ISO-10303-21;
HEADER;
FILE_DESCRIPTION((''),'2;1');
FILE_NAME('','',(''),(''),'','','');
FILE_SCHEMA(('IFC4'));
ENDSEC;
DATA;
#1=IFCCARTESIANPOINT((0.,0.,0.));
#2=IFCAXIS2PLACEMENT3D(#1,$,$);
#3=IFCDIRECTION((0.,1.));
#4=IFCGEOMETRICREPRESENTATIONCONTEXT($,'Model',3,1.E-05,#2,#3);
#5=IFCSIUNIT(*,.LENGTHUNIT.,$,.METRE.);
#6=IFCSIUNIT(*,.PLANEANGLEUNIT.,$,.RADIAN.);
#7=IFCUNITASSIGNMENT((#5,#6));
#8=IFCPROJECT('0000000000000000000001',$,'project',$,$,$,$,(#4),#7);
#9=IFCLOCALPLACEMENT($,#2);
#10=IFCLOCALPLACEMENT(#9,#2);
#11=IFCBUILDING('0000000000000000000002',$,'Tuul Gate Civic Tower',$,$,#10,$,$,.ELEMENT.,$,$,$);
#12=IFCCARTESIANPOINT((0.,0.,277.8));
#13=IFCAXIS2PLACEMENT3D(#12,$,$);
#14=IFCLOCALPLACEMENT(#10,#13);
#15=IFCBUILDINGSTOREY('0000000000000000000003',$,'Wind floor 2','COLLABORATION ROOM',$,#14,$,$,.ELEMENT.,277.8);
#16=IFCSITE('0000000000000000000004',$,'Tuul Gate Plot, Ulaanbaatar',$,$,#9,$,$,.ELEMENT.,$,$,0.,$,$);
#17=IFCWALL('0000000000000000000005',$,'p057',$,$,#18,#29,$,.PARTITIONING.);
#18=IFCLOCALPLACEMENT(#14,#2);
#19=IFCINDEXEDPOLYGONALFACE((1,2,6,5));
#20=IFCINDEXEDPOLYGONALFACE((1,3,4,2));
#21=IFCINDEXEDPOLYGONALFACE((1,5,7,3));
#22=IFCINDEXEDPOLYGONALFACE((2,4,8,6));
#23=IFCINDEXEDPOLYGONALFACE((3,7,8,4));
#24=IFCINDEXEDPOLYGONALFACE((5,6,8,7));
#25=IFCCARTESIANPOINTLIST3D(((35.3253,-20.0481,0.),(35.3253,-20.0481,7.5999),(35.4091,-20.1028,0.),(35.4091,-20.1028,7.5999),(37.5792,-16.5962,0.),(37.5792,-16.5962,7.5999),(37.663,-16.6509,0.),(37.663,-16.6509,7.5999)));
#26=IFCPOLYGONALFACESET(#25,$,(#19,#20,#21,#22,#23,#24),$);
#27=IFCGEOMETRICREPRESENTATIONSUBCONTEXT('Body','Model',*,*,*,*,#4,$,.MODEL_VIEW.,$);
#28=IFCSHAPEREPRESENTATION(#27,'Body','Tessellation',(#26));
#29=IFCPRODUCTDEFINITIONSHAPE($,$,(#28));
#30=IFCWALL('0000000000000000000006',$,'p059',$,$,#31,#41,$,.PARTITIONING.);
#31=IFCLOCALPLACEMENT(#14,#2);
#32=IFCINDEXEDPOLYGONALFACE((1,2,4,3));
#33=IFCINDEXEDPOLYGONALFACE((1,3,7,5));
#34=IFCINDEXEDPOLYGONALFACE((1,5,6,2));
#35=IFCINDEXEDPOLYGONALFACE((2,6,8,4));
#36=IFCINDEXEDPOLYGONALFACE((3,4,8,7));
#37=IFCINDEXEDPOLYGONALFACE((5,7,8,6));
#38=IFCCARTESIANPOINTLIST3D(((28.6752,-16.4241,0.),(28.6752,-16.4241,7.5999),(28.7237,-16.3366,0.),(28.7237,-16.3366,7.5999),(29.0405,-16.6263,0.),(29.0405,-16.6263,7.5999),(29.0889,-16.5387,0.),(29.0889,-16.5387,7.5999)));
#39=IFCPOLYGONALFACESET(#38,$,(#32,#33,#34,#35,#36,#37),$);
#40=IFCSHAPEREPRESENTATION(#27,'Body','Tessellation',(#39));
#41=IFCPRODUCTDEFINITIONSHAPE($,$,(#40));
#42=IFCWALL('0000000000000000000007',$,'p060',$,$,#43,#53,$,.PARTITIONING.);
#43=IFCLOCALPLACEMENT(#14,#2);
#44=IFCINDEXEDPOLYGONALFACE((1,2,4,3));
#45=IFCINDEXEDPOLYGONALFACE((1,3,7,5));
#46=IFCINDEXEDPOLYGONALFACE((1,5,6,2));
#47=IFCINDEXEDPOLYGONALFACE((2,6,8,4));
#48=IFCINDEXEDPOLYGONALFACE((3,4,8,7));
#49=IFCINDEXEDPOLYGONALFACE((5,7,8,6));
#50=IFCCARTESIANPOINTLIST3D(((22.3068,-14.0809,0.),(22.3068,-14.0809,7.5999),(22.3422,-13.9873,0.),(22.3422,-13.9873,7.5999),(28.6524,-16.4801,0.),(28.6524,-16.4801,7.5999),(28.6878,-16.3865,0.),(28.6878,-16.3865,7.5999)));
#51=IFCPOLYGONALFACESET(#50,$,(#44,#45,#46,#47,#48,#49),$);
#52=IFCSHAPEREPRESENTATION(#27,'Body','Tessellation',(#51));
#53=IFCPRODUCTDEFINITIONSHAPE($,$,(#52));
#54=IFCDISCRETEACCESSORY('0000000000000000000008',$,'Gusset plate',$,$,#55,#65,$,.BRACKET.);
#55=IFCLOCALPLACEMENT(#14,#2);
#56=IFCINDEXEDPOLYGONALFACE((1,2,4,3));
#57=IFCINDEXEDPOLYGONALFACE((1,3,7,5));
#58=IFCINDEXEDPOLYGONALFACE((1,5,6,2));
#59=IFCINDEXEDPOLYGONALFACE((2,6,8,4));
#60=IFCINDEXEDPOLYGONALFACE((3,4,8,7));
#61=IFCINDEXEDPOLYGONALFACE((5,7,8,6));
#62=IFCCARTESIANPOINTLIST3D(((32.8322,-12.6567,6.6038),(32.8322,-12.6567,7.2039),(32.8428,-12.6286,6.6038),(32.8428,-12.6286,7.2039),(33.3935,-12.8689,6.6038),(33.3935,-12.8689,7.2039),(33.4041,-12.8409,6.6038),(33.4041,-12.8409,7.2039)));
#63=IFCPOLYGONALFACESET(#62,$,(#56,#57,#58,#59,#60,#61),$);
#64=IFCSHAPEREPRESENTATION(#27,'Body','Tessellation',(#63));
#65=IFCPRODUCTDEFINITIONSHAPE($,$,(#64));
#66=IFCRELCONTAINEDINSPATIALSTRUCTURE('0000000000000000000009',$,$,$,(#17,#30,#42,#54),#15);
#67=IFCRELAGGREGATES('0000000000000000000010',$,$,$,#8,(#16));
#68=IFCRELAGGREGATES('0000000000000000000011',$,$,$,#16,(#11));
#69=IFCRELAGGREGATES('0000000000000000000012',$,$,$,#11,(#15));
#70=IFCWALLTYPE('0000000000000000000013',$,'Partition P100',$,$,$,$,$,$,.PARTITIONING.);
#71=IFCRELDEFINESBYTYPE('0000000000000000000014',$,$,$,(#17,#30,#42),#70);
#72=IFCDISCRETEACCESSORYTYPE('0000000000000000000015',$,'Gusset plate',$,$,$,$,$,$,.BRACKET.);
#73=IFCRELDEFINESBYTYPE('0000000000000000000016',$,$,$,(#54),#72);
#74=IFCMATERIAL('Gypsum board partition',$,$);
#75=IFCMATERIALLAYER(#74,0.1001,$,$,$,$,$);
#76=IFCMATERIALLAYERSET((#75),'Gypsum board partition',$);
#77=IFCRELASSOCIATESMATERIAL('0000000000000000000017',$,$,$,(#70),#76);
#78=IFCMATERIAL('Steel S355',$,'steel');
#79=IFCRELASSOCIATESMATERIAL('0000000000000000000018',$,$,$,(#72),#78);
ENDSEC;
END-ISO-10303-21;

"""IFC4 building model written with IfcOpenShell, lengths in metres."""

from ifc_helpers import new_model, si_unit, direction, frame, frame_2d, origin, origin_2d, place, context, subcontext, project, spatial, rectangle, extrude, material, layer, layer_set, type_object, element, save


model = new_model("IFC4")

# Units and contexts
model_context = context("Model", 3, precision=1e-05, world=origin(), true_north=direction((0.0, 1.0)))
body_context = subcontext(model_context, "Body", "Model", "MODEL_VIEW")
ifc_project = project(units=[si_unit("LENGTHUNIT", "METRE"), si_unit("PLANEANGLEUNIT", "RADIAN")], contexts=[model_context])

# Site, building, storey
site_placement = place(None, origin())
site = spatial("IfcSite", under=ifc_project, at=site_placement, Name="Tuul Gate Plot, Ulaanbaatar", CompositionType="ELEMENT", RefElevation=0.0)
building_placement = place(site_placement, origin())
building = spatial("IfcBuilding", under=site, at=building_placement, Name="Tuul Gate Civic Tower", CompositionType="ELEMENT")
storey_placement = place(building_placement, frame((0.0, 0.0, 277.8)))
storey = spatial("IfcBuildingStorey", under=building, at=storey_placement, Name="Wind floor 2", Description="COLLABORATION ROOM", CompositionType="ELEMENT", Elevation=277.8)

# Walls
ifc_material_1 = material(Name="Gypsum board partition")
ifc_layer_1 = layer(ifc_material_1, 0.1001)
ifc_layer_set_1 = layer_set([ifc_layer_1], Name="Gypsum board partition")
wall_type_1 = type_object("IfcWallType", Name="Partition P100", PredefinedType="PARTITIONING", material=ifc_layer_set_1)
wall_1_placement = place(storey_placement, frame((37.6211, -16.6235, 0.0), z_axis=(0.0, 0.0, 1.0), x_axis=(-0.546721, -0.837315, 0.0)))
element("IfcWall", 1, at=wall_1_placement, inside=storey, type_object=wall_type_1, Name="p057", PredefinedType="PARTITIONING", context=body_context, shape_type="SweptSolid", body=[
    extrude(rectangle(XDim=4.1226, YDim=0.1001, at=frame_2d((2.0613, 0.0))), origin(), (0.0, 0.0, 1.0), 7.5999),
])
wall_2_placement = place(storey_placement, frame((29.0647, -16.5825, 0.0), z_axis=(0.0, 0.0, 1.0), x_axis=(-0.874929, 0.484252, 0.0)))
element("IfcWall", 2, at=wall_2_placement, inside=storey, type_object=wall_type_1, Name="p059", PredefinedType="PARTITIONING", context=body_context, shape_type="SweptSolid", body=[
    extrude(rectangle(XDim=0.4175, YDim=0.1001, at=frame_2d((0.2087, 0.0))), origin(), (0.0, 0.0, 1.0), 7.5999),
])
wall_3_placement = place(storey_placement, frame((28.6702, -16.4333, 0.0), z_axis=(0.0, 0.0, 1.0), x_axis=(-0.935375, 0.353658, 0.0)))
element("IfcWall", 3, at=wall_3_placement, inside=storey, type_object=wall_type_1, Name="p060", PredefinedType="PARTITIONING", context=body_context, shape_type="SweptSolid", body=[
    extrude(rectangle(XDim=6.7839, YDim=0.1001, at=frame_2d((3.3921, 0.0))), origin(), (0.0, 0.0, 1.0), 7.5999),
])

# Discrete accessory
ifc_material_2 = material(Name="Steel S355", Category="steel")
discrete_accessory_type = type_object("IfcDiscreteAccessoryType", Name="Gusset plate", PredefinedType="BRACKET", material=ifc_material_2)
discrete_accessory_placement = place(storey_placement, frame((33.1182, -12.7488, 6.6038), z_axis=(0.0, 0.0, 1.0), x_axis=(-0.935368, 0.353677, 0.0)))
element("IfcDiscreteAccessory", 4, at=discrete_accessory_placement, inside=storey, type_object=discrete_accessory_type, Name="Gusset plate", PredefinedType="BRACKET", context=body_context, shape_type="SweptSolid", body=[
    extrude(rectangle(XDim=0.6001, YDim=0.03, at=origin_2d()), origin(), (0.0, 0.0, 1.0), 0.6001),
])

save(model, "model.ifc")
